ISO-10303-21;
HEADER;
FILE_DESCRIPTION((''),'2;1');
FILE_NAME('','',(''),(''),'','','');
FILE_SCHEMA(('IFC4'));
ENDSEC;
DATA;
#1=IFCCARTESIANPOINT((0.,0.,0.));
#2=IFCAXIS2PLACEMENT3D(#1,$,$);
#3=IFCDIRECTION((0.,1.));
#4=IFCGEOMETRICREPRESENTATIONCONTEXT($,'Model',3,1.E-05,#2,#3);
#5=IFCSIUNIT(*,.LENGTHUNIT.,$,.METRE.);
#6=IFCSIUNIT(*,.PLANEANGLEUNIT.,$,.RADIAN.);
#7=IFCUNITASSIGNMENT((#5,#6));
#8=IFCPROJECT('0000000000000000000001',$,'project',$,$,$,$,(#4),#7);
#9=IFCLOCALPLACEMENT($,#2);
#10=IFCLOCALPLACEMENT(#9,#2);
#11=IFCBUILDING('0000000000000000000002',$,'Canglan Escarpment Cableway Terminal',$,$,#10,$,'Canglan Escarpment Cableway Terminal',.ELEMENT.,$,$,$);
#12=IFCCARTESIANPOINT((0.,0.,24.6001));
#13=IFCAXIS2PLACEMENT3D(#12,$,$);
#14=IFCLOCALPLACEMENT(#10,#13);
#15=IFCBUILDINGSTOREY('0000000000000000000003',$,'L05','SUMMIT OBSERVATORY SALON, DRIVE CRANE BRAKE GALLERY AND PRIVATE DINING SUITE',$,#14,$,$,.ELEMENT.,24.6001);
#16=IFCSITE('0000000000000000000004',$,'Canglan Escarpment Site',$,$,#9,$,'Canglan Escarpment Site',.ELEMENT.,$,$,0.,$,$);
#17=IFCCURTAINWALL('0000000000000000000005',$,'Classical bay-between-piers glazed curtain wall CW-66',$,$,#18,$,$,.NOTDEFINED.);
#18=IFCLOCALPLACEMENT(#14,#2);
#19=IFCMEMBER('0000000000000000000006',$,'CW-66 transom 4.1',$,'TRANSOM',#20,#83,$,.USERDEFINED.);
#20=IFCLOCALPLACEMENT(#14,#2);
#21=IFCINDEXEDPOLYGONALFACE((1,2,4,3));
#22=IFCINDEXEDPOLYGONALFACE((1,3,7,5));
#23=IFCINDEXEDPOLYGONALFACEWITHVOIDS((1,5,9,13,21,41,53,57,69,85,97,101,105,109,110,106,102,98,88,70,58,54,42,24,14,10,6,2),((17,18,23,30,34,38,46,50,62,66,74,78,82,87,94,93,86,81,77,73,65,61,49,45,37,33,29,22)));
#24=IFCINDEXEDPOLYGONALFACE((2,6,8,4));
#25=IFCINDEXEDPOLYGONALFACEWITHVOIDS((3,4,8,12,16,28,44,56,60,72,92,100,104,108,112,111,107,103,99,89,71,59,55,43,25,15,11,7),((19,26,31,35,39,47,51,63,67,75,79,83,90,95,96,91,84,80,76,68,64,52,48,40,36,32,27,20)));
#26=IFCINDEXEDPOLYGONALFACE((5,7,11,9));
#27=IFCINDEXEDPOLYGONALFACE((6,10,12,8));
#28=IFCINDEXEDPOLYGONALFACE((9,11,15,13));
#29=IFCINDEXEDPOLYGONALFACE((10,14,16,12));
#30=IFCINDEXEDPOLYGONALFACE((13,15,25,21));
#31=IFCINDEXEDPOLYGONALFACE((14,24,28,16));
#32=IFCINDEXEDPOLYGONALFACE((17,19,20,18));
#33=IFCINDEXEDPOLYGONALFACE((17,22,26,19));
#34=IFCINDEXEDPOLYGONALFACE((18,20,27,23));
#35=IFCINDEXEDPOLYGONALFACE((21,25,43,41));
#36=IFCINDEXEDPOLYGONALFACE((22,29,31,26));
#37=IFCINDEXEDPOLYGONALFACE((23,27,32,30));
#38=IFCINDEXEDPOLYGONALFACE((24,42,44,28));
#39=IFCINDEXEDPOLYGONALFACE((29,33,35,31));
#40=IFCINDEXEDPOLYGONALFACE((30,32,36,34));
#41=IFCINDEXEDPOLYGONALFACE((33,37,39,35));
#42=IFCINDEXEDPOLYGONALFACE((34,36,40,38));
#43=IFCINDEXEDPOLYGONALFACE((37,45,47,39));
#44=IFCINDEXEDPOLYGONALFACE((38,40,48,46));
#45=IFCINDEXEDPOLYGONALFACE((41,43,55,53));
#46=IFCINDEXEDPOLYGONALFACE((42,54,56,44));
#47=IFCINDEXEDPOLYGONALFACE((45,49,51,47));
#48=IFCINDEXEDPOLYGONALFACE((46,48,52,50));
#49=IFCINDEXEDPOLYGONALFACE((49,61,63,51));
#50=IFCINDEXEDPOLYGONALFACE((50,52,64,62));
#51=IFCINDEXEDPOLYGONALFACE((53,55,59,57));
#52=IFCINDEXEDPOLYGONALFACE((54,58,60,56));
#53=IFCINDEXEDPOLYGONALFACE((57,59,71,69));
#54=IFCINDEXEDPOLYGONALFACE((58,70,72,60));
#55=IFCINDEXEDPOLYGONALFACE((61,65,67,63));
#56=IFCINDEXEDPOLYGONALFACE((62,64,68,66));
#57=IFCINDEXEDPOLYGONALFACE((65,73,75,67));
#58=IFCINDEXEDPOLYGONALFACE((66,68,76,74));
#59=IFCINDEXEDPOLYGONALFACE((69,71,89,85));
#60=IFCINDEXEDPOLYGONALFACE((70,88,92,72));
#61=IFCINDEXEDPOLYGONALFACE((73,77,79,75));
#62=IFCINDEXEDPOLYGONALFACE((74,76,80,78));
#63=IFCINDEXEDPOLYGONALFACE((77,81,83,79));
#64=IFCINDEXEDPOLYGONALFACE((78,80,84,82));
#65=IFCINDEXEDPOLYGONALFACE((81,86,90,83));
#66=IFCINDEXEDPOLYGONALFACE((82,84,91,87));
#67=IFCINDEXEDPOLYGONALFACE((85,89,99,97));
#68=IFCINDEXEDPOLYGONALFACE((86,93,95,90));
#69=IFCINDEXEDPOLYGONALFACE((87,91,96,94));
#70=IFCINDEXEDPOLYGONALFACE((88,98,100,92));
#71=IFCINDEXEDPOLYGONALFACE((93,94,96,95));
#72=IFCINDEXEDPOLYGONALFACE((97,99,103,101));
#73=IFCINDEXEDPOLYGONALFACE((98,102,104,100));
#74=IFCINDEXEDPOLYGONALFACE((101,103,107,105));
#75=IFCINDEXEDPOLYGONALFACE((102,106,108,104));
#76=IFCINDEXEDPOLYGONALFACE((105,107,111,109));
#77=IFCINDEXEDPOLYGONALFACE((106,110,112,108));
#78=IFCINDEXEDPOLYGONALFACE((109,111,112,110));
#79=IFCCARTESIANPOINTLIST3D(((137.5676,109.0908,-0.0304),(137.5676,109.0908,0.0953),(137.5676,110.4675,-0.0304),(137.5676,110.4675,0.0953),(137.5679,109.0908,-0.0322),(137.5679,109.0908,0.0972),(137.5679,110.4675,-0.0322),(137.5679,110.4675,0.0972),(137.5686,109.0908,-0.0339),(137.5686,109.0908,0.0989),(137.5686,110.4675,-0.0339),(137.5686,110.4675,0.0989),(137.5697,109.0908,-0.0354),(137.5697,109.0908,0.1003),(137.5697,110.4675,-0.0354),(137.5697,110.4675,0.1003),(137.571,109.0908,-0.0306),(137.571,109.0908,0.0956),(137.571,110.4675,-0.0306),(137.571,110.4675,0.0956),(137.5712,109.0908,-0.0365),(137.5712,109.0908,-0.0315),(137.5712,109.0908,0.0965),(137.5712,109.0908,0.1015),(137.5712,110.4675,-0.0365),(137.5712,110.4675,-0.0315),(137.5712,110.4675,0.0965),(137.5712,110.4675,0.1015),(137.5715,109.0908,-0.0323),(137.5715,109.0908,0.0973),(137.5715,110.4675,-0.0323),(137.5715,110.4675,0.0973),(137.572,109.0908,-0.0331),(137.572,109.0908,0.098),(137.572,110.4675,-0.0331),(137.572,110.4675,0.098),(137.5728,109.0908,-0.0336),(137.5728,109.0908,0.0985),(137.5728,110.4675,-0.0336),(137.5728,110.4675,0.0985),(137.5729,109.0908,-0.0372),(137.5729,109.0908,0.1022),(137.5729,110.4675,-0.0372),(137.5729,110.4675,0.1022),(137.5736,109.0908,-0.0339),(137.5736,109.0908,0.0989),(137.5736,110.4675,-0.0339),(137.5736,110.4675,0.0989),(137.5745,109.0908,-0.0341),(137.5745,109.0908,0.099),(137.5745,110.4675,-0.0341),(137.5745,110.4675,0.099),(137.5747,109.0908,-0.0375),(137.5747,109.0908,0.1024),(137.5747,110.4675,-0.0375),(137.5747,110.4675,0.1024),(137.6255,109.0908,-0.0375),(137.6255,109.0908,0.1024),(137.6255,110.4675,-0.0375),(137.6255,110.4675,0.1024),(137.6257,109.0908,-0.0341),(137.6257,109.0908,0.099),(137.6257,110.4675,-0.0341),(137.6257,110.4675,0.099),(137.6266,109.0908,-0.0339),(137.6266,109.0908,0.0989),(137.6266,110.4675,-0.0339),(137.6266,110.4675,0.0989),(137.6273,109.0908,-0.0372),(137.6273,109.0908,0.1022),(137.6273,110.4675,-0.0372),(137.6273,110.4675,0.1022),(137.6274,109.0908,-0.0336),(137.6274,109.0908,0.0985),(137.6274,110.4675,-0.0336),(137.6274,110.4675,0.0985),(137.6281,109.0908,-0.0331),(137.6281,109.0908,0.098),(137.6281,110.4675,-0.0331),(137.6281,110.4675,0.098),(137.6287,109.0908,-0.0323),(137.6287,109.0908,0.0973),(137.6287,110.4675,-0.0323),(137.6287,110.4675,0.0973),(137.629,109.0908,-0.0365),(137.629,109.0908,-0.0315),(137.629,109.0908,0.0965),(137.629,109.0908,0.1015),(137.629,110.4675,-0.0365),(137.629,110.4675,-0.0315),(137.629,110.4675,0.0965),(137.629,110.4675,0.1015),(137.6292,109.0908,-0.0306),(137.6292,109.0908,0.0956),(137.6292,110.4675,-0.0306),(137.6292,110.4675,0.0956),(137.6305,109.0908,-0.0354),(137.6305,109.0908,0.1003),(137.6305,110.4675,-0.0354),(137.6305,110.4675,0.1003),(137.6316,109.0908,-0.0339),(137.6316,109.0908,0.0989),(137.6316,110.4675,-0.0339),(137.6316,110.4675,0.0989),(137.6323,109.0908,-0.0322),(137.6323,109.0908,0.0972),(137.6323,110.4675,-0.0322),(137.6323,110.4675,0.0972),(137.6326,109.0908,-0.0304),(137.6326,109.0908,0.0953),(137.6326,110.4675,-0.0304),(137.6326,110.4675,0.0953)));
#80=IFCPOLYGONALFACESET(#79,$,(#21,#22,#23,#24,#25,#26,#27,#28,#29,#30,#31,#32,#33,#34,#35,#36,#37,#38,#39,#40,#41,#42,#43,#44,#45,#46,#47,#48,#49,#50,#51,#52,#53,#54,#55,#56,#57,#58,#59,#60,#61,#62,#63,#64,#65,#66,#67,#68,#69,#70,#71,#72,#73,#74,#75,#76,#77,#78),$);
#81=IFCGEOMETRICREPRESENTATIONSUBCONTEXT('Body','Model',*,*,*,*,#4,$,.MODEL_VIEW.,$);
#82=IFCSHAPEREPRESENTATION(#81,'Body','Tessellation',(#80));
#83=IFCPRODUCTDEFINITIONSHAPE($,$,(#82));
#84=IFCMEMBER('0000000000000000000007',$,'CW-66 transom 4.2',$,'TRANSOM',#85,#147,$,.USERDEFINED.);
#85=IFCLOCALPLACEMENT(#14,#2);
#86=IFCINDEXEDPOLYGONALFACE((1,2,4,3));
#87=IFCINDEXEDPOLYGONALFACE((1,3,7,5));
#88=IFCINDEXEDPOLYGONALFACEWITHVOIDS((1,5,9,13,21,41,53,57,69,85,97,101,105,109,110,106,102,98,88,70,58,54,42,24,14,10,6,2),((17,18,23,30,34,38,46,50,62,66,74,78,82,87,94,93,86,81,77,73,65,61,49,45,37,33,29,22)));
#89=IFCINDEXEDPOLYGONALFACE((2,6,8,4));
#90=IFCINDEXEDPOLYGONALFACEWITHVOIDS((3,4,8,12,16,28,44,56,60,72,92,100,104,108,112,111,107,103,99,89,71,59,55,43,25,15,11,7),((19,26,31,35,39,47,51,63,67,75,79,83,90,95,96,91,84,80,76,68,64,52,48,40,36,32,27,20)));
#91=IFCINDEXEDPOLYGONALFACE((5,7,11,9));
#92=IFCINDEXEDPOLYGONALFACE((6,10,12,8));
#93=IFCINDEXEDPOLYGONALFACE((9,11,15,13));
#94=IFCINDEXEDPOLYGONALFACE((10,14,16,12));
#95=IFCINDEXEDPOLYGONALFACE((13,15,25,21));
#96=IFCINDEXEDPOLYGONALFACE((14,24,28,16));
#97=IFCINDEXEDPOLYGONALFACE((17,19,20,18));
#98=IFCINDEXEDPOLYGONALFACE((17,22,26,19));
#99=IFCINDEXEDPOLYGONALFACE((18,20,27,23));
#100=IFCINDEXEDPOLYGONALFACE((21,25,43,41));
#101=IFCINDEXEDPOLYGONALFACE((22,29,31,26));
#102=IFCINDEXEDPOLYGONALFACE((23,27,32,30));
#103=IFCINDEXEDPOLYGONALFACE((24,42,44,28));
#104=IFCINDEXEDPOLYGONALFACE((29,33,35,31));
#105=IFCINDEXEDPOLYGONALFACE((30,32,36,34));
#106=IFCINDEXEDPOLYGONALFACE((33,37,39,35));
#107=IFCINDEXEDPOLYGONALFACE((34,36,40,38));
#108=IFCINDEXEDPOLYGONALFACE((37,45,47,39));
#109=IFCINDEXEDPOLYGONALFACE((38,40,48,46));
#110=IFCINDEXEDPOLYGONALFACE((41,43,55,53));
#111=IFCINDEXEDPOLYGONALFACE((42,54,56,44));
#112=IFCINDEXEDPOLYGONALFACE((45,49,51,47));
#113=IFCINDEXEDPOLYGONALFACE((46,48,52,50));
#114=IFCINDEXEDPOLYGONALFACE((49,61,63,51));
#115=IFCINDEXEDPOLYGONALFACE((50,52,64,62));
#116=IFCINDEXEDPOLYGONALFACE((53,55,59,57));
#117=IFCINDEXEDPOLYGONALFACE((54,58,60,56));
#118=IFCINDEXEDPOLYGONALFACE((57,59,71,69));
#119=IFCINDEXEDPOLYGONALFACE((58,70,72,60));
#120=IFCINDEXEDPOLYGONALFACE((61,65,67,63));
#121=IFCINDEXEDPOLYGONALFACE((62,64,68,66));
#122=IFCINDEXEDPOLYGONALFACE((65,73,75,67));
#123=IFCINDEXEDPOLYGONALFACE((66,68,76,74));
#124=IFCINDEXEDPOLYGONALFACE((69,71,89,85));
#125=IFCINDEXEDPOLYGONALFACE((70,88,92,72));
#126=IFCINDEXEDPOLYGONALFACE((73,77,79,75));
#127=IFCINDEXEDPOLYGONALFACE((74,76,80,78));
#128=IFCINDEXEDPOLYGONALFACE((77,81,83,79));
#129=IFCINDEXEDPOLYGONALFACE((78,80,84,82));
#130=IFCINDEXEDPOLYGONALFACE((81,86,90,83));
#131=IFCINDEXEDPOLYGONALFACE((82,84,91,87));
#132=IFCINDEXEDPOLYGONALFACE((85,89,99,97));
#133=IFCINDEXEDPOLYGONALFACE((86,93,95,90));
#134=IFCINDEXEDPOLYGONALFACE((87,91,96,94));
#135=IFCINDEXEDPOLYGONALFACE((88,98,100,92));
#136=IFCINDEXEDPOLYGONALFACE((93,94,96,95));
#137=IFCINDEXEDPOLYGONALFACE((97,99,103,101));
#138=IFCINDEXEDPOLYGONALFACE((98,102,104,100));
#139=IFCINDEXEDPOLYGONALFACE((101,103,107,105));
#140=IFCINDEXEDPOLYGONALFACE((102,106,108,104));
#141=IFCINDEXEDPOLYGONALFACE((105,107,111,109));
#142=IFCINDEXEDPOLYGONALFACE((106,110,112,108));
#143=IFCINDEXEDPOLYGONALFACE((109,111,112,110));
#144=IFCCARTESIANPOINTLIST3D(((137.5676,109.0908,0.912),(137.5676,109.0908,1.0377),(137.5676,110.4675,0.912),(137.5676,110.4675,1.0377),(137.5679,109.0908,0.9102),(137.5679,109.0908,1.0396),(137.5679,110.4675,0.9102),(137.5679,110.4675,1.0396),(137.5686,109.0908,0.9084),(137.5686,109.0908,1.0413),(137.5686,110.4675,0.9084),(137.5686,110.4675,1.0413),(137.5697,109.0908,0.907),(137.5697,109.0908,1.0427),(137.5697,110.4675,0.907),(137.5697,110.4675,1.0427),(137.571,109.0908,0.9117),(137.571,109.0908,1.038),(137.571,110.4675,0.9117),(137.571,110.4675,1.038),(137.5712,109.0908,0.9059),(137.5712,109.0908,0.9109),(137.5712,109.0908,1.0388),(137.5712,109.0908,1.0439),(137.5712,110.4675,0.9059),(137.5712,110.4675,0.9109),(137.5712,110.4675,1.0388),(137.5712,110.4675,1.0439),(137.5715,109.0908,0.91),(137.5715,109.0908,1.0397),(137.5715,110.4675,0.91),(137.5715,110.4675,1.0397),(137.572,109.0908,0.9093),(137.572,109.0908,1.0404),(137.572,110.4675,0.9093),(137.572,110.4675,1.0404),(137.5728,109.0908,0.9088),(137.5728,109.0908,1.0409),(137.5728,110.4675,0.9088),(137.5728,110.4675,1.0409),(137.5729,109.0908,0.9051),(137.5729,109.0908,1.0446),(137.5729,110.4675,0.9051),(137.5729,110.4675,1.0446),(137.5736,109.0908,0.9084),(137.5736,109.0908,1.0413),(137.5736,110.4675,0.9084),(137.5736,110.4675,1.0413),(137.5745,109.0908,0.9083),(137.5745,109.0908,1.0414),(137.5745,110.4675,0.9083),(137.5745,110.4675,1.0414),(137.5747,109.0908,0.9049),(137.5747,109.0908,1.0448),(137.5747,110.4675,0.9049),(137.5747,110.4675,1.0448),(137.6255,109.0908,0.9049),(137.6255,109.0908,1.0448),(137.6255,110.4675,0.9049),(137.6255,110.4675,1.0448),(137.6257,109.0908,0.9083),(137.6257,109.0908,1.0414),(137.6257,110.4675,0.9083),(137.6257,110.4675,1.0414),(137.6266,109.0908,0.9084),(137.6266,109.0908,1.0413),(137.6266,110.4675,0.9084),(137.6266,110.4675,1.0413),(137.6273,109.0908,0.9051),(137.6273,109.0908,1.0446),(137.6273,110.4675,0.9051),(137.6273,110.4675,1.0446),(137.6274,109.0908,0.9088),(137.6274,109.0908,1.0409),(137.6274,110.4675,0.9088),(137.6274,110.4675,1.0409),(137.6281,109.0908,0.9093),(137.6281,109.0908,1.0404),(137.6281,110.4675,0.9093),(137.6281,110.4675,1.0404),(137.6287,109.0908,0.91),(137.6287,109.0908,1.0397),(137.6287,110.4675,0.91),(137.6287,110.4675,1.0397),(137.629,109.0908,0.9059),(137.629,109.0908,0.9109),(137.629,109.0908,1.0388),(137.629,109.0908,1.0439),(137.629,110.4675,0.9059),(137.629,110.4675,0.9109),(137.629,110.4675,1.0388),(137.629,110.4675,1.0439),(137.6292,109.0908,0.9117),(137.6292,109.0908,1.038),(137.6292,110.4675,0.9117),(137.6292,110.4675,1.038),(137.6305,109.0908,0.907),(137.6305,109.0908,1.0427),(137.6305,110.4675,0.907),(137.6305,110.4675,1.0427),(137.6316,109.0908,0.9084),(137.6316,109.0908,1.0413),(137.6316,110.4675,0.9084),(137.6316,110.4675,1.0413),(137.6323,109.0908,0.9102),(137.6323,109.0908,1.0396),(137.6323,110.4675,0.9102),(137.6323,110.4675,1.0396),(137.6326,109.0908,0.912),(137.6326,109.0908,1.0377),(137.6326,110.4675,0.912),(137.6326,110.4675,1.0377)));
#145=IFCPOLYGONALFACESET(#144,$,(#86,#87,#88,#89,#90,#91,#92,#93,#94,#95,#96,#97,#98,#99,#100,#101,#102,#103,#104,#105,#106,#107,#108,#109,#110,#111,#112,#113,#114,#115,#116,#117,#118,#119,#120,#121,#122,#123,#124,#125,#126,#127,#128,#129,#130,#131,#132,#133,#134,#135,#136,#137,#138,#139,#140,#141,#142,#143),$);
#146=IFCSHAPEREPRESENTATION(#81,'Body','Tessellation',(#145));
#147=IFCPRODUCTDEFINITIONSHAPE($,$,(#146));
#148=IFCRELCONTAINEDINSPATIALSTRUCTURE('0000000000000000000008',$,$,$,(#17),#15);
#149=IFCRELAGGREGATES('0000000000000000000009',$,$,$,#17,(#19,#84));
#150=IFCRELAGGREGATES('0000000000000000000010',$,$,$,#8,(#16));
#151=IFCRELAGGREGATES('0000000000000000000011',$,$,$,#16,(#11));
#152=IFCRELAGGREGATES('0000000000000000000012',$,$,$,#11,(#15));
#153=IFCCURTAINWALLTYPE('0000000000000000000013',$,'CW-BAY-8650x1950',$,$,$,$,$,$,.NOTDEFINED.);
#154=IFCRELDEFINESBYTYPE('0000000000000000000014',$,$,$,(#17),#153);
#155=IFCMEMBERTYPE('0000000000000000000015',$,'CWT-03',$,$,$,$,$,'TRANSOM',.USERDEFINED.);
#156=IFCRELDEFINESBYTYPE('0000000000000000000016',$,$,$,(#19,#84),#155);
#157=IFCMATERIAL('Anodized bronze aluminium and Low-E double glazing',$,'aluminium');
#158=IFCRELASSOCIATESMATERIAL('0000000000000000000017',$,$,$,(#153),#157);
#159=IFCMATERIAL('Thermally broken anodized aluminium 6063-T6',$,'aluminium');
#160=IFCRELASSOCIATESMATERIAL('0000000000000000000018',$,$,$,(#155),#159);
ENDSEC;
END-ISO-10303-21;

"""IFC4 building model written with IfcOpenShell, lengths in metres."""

from ifc_helpers import new_model, si_unit, direction, frame, origin, origin_2d, place, context, subcontext, project, spatial, hollow_rectangle, extrude, material, material_profile, profile_set, type_object, element, aggregate, save


model = new_model("IFC4")

# Units and contexts
model_context = context("Model", 3, precision=1e-05, world=origin(), true_north=direction((0.0, 1.0)))
body_context = subcontext(model_context, "Body", "Model", "MODEL_VIEW")
ifc_project = project(units=[si_unit("LENGTHUNIT", "METRE"), si_unit("PLANEANGLEUNIT", "RADIAN")], contexts=[model_context])

# Site, building, storey
site_placement = place(None, origin())
site = spatial("IfcSite", under=ifc_project, at=site_placement, Name="Canglan Escarpment Site", LongName="Canglan Escarpment Site", CompositionType="ELEMENT", RefElevation=0.0)
building_placement = place(site_placement, origin())
building = spatial("IfcBuilding", under=site, at=building_placement, Name="Canglan Escarpment Cableway Terminal", LongName="Canglan Escarpment Cableway Terminal", CompositionType="ELEMENT")
storey_placement = place(building_placement, frame((0.0, 0.0, 24.6001)))
storey = spatial("IfcBuildingStorey", under=building, at=storey_placement, Name="L05", Description="SUMMIT OBSERVATORY SALON, DRIVE CRANE BRAKE GALLERY AND PRIVATE DINING SUITE", CompositionType="ELEMENT", Elevation=24.6001)

# Curtain wall, members
ifc_material_1 = material(Name="Anodized bronze aluminium and Low-E double glazing", Category="aluminium")
curtain_wall_type = type_object("IfcCurtainWallType", Name="CW-BAY-8650x1950", PredefinedType="NOTDEFINED", material=ifc_material_1)
curtain_wall_placement = place(storey_placement, origin())
curtain_wall = element("IfcCurtainWall", 1, at=curtain_wall_placement, inside=storey, type_object=curtain_wall_type, Name="Classical bay-between-piers glazed curtain wall CW-66", PredefinedType="NOTDEFINED")
ifc_material_2 = material(Name="Thermally broken anodized aluminium 6063-T6", Category="aluminium")
ifc_material_profile_1 = material_profile(ifc_material_2, hollow_rectangle(XDim=0.0649, YDim=0.1399, WallThickness=0.0034, InnerFilletRadius=0.0034, OuterFilletRadius=0.0071, at=origin_2d()), Name="ALU-TRAN 65x140x3.5")
ifc_profile_set_1 = profile_set([ifc_material_profile_1], Name="Thermally broken anodized aluminium 6063-T6")
member_type_1 = type_object("IfcMemberType", Name="CWT-03", ElementType="TRANSOM", PredefinedType="USERDEFINED", material=ifc_profile_set_1)
member_1_placement = place(storey_placement, frame((137.6001, 110.4675, 0.0325), z_axis=(0.0, -1.0, 0.0), x_axis=(1.0, 0.0, 0.0)))
member_1 = element("IfcMember", 2, at=member_1_placement, type_object=member_type_1, Name="CW-66 transom 4.1", ObjectType="TRANSOM", PredefinedType="USERDEFINED", context=body_context, shape_type="SweptSolid", body=[
    extrude(hollow_rectangle(XDim=0.0649, YDim=0.1399, WallThickness=0.0034, InnerFilletRadius=0.0034, OuterFilletRadius=0.0071, at=origin_2d()), origin(), (0.0, 0.0, 1.0), 1.3767),
])
member_2_placement = place(storey_placement, frame((137.6001, 110.4675, 0.9749), z_axis=(0.0, -1.0, 0.0), x_axis=(1.0, 0.0, 0.0)))
member_2 = element("IfcMember", 3, at=member_2_placement, type_object=member_type_1, Name="CW-66 transom 4.2", ObjectType="TRANSOM", PredefinedType="USERDEFINED", context=body_context, shape_type="SweptSolid", body=[
    extrude(hollow_rectangle(XDim=0.0649, YDim=0.1399, WallThickness=0.0034, InnerFilletRadius=0.0034, OuterFilletRadius=0.0071, at=origin_2d()), origin(), (0.0, 0.0, 1.0), 1.3767),
])

aggregate(curtain_wall, [member_1, member_2])

save(model, "model.ifc")
